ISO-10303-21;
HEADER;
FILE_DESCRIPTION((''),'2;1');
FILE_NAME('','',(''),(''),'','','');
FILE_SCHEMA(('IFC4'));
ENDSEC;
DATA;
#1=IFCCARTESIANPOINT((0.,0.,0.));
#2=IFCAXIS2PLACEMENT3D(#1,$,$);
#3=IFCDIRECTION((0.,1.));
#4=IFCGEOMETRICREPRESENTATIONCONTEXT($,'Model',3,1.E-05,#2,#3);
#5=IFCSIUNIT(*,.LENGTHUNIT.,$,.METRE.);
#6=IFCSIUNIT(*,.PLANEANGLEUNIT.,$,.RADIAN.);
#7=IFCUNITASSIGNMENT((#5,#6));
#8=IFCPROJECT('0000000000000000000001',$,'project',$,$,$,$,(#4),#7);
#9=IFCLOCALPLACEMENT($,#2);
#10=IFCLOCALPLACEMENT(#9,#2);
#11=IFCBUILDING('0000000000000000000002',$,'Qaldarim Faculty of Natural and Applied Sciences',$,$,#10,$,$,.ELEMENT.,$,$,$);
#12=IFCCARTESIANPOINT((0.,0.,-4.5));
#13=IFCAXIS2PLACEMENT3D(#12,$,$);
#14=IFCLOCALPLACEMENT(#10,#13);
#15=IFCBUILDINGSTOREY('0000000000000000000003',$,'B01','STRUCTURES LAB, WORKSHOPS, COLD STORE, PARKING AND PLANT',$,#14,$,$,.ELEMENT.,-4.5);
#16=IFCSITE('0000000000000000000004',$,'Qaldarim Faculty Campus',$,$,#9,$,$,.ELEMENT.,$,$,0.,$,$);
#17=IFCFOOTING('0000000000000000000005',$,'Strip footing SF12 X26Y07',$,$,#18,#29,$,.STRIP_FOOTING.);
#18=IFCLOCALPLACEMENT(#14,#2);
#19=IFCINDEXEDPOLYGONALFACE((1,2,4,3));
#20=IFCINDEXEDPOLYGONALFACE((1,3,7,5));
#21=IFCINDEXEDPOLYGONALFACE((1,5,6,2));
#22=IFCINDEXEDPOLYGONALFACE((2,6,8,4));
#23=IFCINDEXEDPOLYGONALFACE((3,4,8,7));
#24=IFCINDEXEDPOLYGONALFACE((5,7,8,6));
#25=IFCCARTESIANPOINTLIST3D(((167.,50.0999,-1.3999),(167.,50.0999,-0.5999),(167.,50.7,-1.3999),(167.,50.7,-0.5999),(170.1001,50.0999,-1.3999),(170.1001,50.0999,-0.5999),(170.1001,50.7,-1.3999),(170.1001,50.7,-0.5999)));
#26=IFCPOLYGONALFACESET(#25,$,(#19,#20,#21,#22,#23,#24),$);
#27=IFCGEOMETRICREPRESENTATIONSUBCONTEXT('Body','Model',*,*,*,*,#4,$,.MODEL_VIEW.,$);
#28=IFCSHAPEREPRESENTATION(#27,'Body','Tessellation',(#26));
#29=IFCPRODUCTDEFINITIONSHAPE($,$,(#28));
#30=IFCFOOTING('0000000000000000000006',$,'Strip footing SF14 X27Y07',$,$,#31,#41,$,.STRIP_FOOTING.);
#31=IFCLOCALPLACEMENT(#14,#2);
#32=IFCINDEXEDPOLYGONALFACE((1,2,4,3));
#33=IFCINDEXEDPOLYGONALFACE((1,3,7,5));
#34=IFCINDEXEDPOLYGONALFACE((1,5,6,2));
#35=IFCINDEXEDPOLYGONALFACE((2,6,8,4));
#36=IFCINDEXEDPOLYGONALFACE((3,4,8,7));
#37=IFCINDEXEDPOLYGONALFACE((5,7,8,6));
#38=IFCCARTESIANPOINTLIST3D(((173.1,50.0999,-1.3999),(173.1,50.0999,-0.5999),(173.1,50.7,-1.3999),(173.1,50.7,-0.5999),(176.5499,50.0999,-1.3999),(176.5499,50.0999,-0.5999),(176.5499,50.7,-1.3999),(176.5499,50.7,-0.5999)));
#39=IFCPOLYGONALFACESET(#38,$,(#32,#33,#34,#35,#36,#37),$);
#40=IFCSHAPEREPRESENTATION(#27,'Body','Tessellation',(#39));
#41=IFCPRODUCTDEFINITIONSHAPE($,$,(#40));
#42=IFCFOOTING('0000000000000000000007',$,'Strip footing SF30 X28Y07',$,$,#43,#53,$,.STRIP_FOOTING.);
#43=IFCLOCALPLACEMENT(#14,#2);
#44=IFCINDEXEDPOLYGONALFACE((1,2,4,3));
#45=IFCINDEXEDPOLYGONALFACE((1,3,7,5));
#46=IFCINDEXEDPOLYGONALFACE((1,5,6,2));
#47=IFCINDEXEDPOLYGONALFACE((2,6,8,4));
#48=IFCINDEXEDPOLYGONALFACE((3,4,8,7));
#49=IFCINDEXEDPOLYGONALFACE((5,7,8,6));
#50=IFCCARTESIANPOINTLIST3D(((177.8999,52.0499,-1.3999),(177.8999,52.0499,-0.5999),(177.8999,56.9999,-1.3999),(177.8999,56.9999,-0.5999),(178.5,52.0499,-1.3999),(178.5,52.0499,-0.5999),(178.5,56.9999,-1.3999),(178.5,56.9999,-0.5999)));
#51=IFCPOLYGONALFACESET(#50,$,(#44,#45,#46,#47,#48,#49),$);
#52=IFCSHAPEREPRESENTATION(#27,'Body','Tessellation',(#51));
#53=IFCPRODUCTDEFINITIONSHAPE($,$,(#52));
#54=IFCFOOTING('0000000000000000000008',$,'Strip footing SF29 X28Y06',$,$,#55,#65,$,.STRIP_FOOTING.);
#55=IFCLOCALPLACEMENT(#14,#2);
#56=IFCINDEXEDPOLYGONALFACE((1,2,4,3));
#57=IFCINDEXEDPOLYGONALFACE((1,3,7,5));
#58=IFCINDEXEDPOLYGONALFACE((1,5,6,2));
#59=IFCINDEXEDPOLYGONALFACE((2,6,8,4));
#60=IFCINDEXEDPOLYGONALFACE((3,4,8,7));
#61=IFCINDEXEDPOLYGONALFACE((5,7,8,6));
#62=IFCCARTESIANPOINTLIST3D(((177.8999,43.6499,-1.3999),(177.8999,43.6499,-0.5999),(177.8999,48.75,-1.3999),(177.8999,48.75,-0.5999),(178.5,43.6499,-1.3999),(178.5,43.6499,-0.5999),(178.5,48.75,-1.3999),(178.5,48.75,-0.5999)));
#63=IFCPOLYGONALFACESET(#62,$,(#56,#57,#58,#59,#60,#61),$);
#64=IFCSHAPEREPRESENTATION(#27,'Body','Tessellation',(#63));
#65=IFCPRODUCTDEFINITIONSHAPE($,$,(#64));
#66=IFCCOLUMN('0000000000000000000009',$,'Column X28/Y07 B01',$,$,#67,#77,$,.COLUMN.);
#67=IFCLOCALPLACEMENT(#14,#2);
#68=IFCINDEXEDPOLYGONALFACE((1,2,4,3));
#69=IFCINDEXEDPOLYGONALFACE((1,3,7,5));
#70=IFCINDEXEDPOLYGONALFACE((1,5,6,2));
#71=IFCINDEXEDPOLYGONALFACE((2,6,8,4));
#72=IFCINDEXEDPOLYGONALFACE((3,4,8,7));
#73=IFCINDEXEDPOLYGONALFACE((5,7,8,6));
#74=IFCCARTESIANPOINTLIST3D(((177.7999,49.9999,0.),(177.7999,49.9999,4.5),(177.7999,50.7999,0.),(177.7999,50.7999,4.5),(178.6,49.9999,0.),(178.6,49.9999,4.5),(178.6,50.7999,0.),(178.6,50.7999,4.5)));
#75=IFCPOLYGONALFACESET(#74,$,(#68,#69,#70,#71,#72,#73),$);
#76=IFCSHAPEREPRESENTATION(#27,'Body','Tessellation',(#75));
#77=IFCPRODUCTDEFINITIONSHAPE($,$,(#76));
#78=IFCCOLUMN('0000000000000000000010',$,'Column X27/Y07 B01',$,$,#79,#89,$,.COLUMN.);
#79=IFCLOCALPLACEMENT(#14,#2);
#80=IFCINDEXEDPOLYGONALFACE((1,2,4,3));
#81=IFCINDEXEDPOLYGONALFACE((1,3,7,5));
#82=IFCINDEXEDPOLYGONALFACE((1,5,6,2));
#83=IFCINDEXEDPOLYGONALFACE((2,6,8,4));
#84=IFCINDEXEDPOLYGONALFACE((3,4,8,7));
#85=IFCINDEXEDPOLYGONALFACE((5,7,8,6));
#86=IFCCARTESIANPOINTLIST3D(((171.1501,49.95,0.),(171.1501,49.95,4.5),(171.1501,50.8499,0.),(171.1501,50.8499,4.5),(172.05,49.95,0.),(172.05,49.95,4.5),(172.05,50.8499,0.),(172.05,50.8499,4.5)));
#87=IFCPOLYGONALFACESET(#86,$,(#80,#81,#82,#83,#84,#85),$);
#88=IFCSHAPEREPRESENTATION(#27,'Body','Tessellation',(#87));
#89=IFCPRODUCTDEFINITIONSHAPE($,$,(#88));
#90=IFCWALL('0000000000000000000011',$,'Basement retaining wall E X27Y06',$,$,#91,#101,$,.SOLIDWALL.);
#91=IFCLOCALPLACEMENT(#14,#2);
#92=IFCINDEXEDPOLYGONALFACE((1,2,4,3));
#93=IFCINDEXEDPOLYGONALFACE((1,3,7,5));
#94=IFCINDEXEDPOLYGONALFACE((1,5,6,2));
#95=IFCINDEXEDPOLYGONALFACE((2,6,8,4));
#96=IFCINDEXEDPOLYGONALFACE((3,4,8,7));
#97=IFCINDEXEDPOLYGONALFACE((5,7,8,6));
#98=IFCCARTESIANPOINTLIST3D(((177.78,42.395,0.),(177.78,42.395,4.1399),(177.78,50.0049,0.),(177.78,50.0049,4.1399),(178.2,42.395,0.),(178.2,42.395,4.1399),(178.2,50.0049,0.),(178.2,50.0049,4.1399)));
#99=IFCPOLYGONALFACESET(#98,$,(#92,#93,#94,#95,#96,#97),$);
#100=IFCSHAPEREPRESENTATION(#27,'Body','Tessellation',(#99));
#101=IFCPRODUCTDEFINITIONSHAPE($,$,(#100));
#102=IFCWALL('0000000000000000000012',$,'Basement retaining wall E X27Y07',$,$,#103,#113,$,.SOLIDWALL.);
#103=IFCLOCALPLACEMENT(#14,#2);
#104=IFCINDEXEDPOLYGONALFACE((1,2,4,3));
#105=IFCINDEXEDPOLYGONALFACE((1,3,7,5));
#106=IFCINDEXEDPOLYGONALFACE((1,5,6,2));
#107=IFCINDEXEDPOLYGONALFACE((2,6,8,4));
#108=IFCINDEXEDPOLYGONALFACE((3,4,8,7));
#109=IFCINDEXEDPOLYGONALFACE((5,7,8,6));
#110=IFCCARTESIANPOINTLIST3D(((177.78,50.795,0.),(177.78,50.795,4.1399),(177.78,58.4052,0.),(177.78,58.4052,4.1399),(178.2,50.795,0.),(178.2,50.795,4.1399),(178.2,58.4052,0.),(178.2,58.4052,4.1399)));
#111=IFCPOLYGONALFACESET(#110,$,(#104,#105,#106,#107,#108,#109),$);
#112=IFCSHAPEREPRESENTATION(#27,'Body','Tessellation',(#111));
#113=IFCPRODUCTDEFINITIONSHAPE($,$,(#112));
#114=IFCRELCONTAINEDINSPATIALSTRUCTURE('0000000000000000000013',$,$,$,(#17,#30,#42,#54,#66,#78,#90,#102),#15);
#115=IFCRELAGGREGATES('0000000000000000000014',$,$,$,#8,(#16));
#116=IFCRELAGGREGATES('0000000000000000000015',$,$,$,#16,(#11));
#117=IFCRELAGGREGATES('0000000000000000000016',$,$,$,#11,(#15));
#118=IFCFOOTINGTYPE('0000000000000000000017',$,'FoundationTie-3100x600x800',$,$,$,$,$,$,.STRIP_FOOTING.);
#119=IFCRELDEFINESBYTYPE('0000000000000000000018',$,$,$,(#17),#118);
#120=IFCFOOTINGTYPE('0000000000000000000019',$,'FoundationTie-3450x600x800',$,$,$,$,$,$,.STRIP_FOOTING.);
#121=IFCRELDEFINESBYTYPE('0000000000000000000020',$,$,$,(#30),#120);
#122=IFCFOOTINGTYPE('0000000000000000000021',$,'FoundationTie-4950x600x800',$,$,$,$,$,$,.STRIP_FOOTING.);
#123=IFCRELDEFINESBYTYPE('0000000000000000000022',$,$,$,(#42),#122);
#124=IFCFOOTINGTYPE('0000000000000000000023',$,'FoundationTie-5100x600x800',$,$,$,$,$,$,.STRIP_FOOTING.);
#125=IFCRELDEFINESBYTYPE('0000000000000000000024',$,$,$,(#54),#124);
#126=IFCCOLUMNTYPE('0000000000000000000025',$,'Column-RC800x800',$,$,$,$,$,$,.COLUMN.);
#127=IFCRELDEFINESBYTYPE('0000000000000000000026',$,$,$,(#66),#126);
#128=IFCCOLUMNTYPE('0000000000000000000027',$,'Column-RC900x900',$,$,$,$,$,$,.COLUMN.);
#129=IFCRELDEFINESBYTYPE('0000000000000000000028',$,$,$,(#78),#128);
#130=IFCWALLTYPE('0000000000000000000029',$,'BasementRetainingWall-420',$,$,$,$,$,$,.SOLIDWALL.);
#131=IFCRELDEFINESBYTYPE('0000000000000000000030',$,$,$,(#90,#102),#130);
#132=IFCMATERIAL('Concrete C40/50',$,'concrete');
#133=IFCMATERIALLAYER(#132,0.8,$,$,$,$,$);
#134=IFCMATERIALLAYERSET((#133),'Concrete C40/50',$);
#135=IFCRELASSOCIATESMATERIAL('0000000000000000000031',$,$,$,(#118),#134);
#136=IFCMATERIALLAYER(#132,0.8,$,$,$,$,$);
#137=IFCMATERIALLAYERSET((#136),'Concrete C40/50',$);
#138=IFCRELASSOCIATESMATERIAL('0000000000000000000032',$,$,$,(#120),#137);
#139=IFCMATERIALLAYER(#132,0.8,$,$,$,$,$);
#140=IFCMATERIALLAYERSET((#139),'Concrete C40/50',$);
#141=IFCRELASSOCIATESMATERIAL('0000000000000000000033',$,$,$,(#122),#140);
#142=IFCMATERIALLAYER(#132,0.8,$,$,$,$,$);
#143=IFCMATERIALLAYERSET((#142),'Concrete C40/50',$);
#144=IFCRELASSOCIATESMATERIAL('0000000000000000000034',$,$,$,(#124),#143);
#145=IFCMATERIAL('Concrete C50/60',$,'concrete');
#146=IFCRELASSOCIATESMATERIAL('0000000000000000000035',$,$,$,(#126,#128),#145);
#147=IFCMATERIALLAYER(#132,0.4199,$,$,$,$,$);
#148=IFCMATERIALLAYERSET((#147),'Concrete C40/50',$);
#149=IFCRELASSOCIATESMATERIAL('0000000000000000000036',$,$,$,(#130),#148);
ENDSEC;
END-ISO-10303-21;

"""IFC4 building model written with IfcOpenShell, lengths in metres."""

from ifc_helpers import new_model, si_unit, direction, frame, frame_2d, origin, origin_2d, place, context, subcontext, project, spatial, rectangle, extrude, material, layer, layer_set, material_profile, profile_set, type_object, element, save


model = new_model("IFC4")

# Units and contexts
model_context = context("Model", 3, precision=1e-05, world=origin(), true_north=direction((0.0, 1.0)))
body_context = subcontext(model_context, "Body", "Model", "MODEL_VIEW")
ifc_project = project(units=[si_unit("LENGTHUNIT", "METRE"), si_unit("PLANEANGLEUNIT", "RADIAN")], contexts=[model_context])

# Site, building, storey
site_placement = place(None, origin())
site = spatial("IfcSite", under=ifc_project, at=site_placement, Name="Qaldarim Faculty Campus", CompositionType="ELEMENT", RefElevation=0.0)
building_placement = place(site_placement, origin())
building = spatial("IfcBuilding", under=site, at=building_placement, Name="Qaldarim Faculty of Natural and Applied Sciences", CompositionType="ELEMENT")
storey_placement = place(building_placement, frame((0.0, 0.0, -4.5)))
storey = spatial("IfcBuildingStorey", under=building, at=storey_placement, Name="B01", Description="STRUCTURES LAB, WORKSHOPS, COLD STORE, PARKING AND PLANT", CompositionType="ELEMENT", Elevation=-4.5)

# Shared definitions
ifc_material_1 = material(Name="Concrete C40/50", Category="concrete")

# Footings
ifc_layer_1 = layer(ifc_material_1, 0.8)
ifc_layer_set_1 = layer_set([ifc_layer_1], Name="Concrete C40/50")
footing_type_1 = type_object("IfcFootingType", Name="FoundationTie-3100x600x800", PredefinedType="STRIP_FOOTING", material=ifc_layer_set_1)
footing_1_placement = place(storey_placement, frame((168.55, 50.3999, -1.3999), z_axis=(0.0, 0.0, 1.0), x_axis=(1.0, 0.0, 0.0)))
element("IfcFooting", 1, at=footing_1_placement, inside=storey, type_object=footing_type_1, Name="Strip footing SF12 X26Y07", PredefinedType="STRIP_FOOTING", context=body_context, shape_type="SweptSolid", body=[
    extrude(rectangle(XDim=3.1001, YDim=0.6001, at=origin_2d()), origin(), (0.0, 0.0, 1.0), 0.8),
])
ifc_layer_2 = layer(ifc_material_1, 0.8)
ifc_layer_set_2 = layer_set([ifc_layer_2], Name="Concrete C40/50")
footing_type_2 = type_object("IfcFootingType", Name="FoundationTie-3450x600x800", PredefinedType="STRIP_FOOTING", material=ifc_layer_set_2)
footing_2_placement = place(storey_placement, frame((174.825, 50.3999, -1.3999), z_axis=(0.0, 0.0, 1.0), x_axis=(1.0, 0.0, 0.0)))
element("IfcFooting", 2, at=footing_2_placement, inside=storey, type_object=footing_type_2, Name="Strip footing SF14 X27Y07", PredefinedType="STRIP_FOOTING", context=body_context, shape_type="SweptSolid", body=[
    extrude(rectangle(XDim=3.45, YDim=0.6001, at=origin_2d()), origin(), (0.0, 0.0, 1.0), 0.8),
])
ifc_layer_3 = layer(ifc_material_1, 0.8)
ifc_layer_set_3 = layer_set([ifc_layer_3], Name="Concrete C40/50")
footing_type_3 = type_object("IfcFootingType", Name="FoundationTie-4950x600x800", PredefinedType="STRIP_FOOTING", material=ifc_layer_set_3)
footing_3_placement = place(storey_placement, frame((178.2, 54.5249, -1.3999), z_axis=(0.0, 0.0, 1.0), x_axis=(0.0, 1.0, 0.0)))
element("IfcFooting", 3, at=footing_3_placement, inside=storey, type_object=footing_type_3, Name="Strip footing SF30 X28Y07", PredefinedType="STRIP_FOOTING", context=body_context, shape_type="SweptSolid", body=[
    extrude(rectangle(XDim=4.95, YDim=0.6001, at=origin_2d()), origin(), (0.0, 0.0, 1.0), 0.8),
])
ifc_layer_4 = layer(ifc_material_1, 0.8)
ifc_layer_set_4 = layer_set([ifc_layer_4], Name="Concrete C40/50")
footing_type_4 = type_object("IfcFootingType", Name="FoundationTie-5100x600x800", PredefinedType="STRIP_FOOTING", material=ifc_layer_set_4)
footing_4_placement = place(storey_placement, frame((178.2, 46.2, -1.3999), z_axis=(0.0, 0.0, 1.0), x_axis=(0.0, 1.0, 0.0)))
element("IfcFooting", 4, at=footing_4_placement, inside=storey, type_object=footing_type_4, Name="Strip footing SF29 X28Y06", PredefinedType="STRIP_FOOTING", context=body_context, shape_type="SweptSolid", body=[
    extrude(rectangle(XDim=5.1001, YDim=0.6001, at=origin_2d()), origin(), (0.0, 0.0, 1.0), 0.8),
])

# Columns
ifc_material_2 = material(Name="Concrete C50/60", Category="concrete")
ifc_material_profile_1 = material_profile(ifc_material_2, rectangle(XDim=0.8, YDim=0.8, at=origin_2d()), Name="RC-C800x800")
ifc_profile_set_1 = profile_set([ifc_material_profile_1], Name="Concrete C50/60")
column_type_1 = type_object("IfcColumnType", Name="Column-RC800x800", PredefinedType="COLUMN", material=ifc_profile_set_1)
column_1_placement = place(storey_placement, frame((178.2, 50.3999, 0.0), z_axis=(0.0, 0.0, 1.0), x_axis=(1.0, 0.0, 0.0)))
element("IfcColumn", 5, at=column_1_placement, inside=storey, type_object=column_type_1, Name="Column X28/Y07 B01", PredefinedType="COLUMN", context=body_context, shape_type="SweptSolid", body=[
    extrude(rectangle(XDim=0.8, YDim=0.8, at=origin_2d()), origin(), (0.0, 0.0, 1.0), 4.5),
])
ifc_material_profile_2 = material_profile(ifc_material_2, rectangle(XDim=0.8999, YDim=0.8999, at=origin_2d()), Name="RC-C900x900")
ifc_profile_set_2 = profile_set([ifc_material_profile_2], Name="Concrete C50/60")
column_type_2 = type_object("IfcColumnType", Name="Column-RC900x900", PredefinedType="COLUMN", material=ifc_profile_set_2)
column_2_placement = place(storey_placement, frame((171.6001, 50.3999, 0.0), z_axis=(0.0, 0.0, 1.0), x_axis=(1.0, 0.0, 0.0)))
element("IfcColumn", 6, at=column_2_placement, inside=storey, type_object=column_type_2, Name="Column X27/Y07 B01", PredefinedType="COLUMN", context=body_context, shape_type="SweptSolid", body=[
    extrude(rectangle(XDim=0.8999, YDim=0.8999, at=origin_2d()), origin(), (0.0, 0.0, 1.0), 4.5),
])

# Walls
ifc_layer_5 = layer(ifc_material_1, 0.4199)
ifc_layer_set_5 = layer_set([ifc_layer_5], Name="Concrete C40/50")
wall_type = type_object("IfcWallType", Name="BasementRetainingWall-420", PredefinedType="SOLIDWALL", material=ifc_layer_set_5)
wall_1_placement = place(storey_placement, frame((177.99, 42.395, 0.0), z_axis=(0.0, 0.0, 1.0), x_axis=(0.0, 1.0, 0.0)))
element("IfcWall", 7, at=wall_1_placement, inside=storey, type_object=wall_type, Name="Basement retaining wall E X27Y06", PredefinedType="SOLIDWALL", context=body_context, shape_type="SweptSolid", body=[
    extrude(rectangle(XDim=7.6099, YDim=0.4199, at=frame_2d((3.8049, 0.0))), origin(), (0.0, 0.0, 1.0), 4.1399),
])
wall_2_placement = place(storey_placement, frame((177.99, 50.7949, 0.0), z_axis=(0.0, 0.0, 1.0), x_axis=(0.0, 1.0, 0.0)))
element("IfcWall", 8, at=wall_2_placement, inside=storey, type_object=wall_type, Name="Basement retaining wall E X27Y07", PredefinedType="SOLIDWALL", context=body_context, shape_type="SweptSolid", body=[
    extrude(rectangle(XDim=7.6101, YDim=0.4199, at=frame_2d((3.8052, 0.0))), origin(), (0.0, 0.0, 1.0), 4.1399),
])

save(model, "model.ifc")
